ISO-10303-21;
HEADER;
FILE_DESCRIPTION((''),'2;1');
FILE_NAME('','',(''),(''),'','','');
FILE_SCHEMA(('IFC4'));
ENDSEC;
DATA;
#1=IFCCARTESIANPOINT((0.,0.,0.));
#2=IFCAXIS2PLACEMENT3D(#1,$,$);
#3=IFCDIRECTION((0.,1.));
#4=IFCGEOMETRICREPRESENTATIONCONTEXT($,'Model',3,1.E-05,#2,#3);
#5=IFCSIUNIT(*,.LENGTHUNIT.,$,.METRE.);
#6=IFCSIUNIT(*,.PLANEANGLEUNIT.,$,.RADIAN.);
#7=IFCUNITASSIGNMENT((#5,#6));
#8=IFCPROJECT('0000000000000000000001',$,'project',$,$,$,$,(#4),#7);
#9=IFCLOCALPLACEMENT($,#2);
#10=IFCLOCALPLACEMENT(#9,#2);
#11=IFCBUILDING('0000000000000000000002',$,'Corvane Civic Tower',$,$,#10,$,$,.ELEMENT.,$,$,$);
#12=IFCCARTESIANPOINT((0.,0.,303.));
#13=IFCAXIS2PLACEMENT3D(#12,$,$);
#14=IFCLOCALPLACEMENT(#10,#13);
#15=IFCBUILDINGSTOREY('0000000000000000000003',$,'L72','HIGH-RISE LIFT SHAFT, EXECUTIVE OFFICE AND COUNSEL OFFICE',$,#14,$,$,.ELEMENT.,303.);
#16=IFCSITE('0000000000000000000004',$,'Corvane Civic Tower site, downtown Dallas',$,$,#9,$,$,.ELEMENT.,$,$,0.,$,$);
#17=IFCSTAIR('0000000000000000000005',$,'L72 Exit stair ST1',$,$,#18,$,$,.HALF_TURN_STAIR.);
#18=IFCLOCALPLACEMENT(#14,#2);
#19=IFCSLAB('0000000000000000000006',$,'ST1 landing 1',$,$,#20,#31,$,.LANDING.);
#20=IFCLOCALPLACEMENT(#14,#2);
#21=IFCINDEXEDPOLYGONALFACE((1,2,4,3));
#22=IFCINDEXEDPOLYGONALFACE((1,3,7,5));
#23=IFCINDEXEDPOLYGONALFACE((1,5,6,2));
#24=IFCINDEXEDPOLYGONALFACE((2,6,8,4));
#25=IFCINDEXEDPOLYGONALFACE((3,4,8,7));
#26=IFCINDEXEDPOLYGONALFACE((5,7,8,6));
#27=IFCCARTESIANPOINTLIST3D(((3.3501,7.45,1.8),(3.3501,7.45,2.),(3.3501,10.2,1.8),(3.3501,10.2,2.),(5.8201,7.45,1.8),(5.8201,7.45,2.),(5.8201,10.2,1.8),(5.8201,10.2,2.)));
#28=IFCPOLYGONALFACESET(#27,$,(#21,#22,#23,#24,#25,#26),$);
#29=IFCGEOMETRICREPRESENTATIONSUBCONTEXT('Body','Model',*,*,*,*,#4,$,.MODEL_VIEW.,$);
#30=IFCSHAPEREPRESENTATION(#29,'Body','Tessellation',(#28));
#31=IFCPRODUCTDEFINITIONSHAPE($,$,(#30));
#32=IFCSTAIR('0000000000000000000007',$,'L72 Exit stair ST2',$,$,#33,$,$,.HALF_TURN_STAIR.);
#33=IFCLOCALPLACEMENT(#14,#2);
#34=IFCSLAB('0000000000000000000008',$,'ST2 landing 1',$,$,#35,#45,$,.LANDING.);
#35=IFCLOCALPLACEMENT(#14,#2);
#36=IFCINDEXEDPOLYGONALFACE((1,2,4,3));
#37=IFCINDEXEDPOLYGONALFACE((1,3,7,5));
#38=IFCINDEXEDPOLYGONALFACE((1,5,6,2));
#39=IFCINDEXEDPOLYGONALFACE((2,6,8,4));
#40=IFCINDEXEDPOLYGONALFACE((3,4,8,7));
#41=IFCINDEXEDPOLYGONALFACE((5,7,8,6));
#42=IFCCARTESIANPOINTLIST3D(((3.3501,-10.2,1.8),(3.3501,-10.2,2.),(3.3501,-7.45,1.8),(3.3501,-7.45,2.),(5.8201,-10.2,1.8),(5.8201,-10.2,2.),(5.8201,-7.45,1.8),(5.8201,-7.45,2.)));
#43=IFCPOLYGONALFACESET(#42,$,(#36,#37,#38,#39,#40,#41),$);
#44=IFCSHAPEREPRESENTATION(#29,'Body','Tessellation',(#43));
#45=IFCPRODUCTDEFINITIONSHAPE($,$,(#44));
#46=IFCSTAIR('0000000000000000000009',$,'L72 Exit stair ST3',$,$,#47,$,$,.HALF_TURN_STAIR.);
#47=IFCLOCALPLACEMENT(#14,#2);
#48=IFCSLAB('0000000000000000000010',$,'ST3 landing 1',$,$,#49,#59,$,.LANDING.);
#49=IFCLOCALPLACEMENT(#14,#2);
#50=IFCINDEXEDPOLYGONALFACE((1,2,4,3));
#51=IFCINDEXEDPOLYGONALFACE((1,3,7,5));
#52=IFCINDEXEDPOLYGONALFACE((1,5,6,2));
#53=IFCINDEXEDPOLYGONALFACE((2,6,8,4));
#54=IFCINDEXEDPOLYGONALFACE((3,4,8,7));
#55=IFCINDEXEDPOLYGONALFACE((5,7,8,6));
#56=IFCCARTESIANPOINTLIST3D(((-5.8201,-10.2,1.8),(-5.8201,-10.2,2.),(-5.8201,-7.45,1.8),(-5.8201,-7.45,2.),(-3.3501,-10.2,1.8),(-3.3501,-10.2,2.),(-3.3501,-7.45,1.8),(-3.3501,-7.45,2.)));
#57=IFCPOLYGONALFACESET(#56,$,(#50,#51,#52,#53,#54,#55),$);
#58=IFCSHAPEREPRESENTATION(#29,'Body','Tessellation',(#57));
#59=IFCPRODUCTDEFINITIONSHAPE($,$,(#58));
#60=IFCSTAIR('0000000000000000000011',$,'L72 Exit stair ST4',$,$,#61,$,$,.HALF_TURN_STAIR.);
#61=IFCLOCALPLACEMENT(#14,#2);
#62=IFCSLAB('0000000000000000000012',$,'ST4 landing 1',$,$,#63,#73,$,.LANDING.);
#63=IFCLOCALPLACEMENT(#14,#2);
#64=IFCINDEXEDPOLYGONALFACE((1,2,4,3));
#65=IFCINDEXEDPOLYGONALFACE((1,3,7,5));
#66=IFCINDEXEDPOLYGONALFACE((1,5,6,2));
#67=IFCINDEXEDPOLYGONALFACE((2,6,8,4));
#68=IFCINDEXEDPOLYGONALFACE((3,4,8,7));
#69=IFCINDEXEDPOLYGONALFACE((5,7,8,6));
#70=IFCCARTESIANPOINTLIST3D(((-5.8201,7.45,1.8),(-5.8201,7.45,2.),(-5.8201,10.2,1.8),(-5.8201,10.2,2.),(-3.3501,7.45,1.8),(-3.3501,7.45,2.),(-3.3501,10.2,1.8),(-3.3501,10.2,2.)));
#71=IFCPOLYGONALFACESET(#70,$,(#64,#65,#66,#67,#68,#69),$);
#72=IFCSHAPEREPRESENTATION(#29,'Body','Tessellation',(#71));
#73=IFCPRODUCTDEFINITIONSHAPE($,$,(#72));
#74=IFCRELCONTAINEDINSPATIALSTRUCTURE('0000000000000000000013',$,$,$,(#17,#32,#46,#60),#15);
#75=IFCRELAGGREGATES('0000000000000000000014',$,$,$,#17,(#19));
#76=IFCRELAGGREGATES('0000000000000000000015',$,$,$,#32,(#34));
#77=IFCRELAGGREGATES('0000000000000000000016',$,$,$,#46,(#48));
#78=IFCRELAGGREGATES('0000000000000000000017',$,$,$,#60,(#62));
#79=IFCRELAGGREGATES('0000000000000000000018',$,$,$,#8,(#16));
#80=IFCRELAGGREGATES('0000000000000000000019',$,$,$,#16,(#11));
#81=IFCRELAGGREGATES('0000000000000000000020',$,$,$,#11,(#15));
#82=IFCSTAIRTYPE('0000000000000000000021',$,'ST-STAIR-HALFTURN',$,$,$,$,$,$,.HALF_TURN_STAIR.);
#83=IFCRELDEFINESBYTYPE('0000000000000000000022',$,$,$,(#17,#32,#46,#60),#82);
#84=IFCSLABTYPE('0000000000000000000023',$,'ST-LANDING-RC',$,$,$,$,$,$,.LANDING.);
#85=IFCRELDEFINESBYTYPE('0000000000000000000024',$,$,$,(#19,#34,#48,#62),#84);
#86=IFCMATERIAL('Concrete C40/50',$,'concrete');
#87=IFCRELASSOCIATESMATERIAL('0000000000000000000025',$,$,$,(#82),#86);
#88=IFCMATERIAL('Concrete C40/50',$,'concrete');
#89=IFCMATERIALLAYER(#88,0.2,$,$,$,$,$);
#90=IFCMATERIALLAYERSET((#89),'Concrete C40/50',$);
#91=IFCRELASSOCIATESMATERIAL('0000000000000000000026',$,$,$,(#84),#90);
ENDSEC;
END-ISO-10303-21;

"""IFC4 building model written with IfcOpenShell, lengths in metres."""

from ifc_helpers import new_model, si_unit, direction, frame, origin, place, context, subcontext, project, spatial, polyline, outline, extrude, material, layer, layer_set, type_object, element, aggregate, save


model = new_model("IFC4")

# Units and contexts
model_context = context("Model", 3, precision=1e-05, world=origin(), true_north=direction((0.0, 1.0)))
body_context = subcontext(model_context, "Body", "Model", "MODEL_VIEW")
ifc_project = project(units=[si_unit("LENGTHUNIT", "METRE"), si_unit("PLANEANGLEUNIT", "RADIAN")], contexts=[model_context])

# Site, building, storey
site_placement = place(None, origin())
site = spatial("IfcSite", under=ifc_project, at=site_placement, Name="Corvane Civic Tower site, downtown Dallas", CompositionType="ELEMENT", RefElevation=0.0)
building_placement = place(site_placement, origin())
building = spatial("IfcBuilding", under=site, at=building_placement, Name="Corvane Civic Tower", CompositionType="ELEMENT")
storey_placement = place(building_placement, frame((0.0, 0.0, 303.0)))
storey = spatial("IfcBuildingStorey", under=building, at=storey_placement, Name="L72", Description="HIGH-RISE LIFT SHAFT, EXECUTIVE OFFICE AND COUNSEL OFFICE", CompositionType="ELEMENT", Elevation=303.0)

# Stairs, slabs
ifc_material_1 = material(Name="Concrete C40/50", Category="concrete")
stair_type = type_object("IfcStairType", Name="ST-STAIR-HALFTURN", PredefinedType="HALF_TURN_STAIR", material=ifc_material_1)
stair_1_placement = place(storey_placement, origin())
stair_1 = element("IfcStair", 1, at=stair_1_placement, inside=storey, type_object=stair_type, Name="L72 Exit stair ST1", PredefinedType="HALF_TURN_STAIR")
ifc_material_2 = material(Name="Concrete C40/50", Category="concrete")
ifc_layer_1 = layer(ifc_material_2, 0.2)
ifc_layer_set_1 = layer_set([ifc_layer_1], Name="Concrete C40/50")
slab_type_1 = type_object("IfcSlabType", Name="ST-LANDING-RC", PredefinedType="LANDING", material=ifc_layer_set_1)
slab_1_placement = place(storey_placement, frame((0.0, 0.0, 1.8)))
slab_1 = element("IfcSlab", 2, at=slab_1_placement, type_object=slab_type_1, Name="ST1 landing 1", PredefinedType="LANDING", context=body_context, shape_type="SweptSolid", body=[
    extrude(outline(polyline([(5.8201, 10.2), (3.3501, 10.2), (3.3501, 7.45), (5.8201, 7.45), (5.8201, 10.2)])), origin(), (0.0, 0.0, 1.0), 0.2),
])
aggregate(stair_1, [slab_1])
stair_2_placement = place(storey_placement, origin())
stair_2 = element("IfcStair", 3, at=stair_2_placement, inside=storey, type_object=stair_type, Name="L72 Exit stair ST2", PredefinedType="HALF_TURN_STAIR")
slab_2_placement = place(storey_placement, frame((0.0, 0.0, 1.8)))
slab_2 = element("IfcSlab", 4, at=slab_2_placement, type_object=slab_type_1, Name="ST2 landing 1", PredefinedType="LANDING", context=body_context, shape_type="SweptSolid", body=[
    extrude(outline(polyline([(5.8201, -7.45), (3.3501, -7.45), (3.3501, -10.2), (5.8201, -10.2), (5.8201, -7.45)])), origin(), (0.0, 0.0, 1.0), 0.2),
])
aggregate(stair_2, [slab_2])
stair_3_placement = place(storey_placement, origin())
stair_3 = element("IfcStair", 5, at=stair_3_placement, inside=storey, type_object=stair_type, Name="L72 Exit stair ST3", PredefinedType="HALF_TURN_STAIR")
slab_3_placement = place(storey_placement, frame((0.0, 0.0, 1.8)))
slab_3 = element("IfcSlab", 6, at=slab_3_placement, type_object=slab_type_1, Name="ST3 landing 1", PredefinedType="LANDING", context=body_context, shape_type="SweptSolid", body=[
    extrude(outline(polyline([(-5.8201, -10.2), (-3.3501, -10.2), (-3.3501, -7.45), (-5.8201, -7.45), (-5.8201, -10.2)])), origin(), (0.0, 0.0, 1.0), 0.2),
])
aggregate(stair_3, [slab_3])
stair_4_placement = place(storey_placement, origin())
stair_4 = element("IfcStair", 7, at=stair_4_placement, inside=storey, type_object=stair_type, Name="L72 Exit stair ST4", PredefinedType="HALF_TURN_STAIR")
slab_4_placement = place(storey_placement, frame((0.0, 0.0, 1.8)))
slab_4 = element("IfcSlab", 8, at=slab_4_placement, type_object=slab_type_1, Name="ST4 landing 1", PredefinedType="LANDING", context=body_context, shape_type="SweptSolid", body=[
    extrude(outline(polyline([(-5.8201, 7.45), (-3.3501, 7.45), (-3.3501, 10.2), (-5.8201, 10.2), (-5.8201, 7.45)])), origin(), (0.0, 0.0, 1.0), 0.2),
])

aggregate(stair_4, [slab_4])

save(model, "model.ifc")
